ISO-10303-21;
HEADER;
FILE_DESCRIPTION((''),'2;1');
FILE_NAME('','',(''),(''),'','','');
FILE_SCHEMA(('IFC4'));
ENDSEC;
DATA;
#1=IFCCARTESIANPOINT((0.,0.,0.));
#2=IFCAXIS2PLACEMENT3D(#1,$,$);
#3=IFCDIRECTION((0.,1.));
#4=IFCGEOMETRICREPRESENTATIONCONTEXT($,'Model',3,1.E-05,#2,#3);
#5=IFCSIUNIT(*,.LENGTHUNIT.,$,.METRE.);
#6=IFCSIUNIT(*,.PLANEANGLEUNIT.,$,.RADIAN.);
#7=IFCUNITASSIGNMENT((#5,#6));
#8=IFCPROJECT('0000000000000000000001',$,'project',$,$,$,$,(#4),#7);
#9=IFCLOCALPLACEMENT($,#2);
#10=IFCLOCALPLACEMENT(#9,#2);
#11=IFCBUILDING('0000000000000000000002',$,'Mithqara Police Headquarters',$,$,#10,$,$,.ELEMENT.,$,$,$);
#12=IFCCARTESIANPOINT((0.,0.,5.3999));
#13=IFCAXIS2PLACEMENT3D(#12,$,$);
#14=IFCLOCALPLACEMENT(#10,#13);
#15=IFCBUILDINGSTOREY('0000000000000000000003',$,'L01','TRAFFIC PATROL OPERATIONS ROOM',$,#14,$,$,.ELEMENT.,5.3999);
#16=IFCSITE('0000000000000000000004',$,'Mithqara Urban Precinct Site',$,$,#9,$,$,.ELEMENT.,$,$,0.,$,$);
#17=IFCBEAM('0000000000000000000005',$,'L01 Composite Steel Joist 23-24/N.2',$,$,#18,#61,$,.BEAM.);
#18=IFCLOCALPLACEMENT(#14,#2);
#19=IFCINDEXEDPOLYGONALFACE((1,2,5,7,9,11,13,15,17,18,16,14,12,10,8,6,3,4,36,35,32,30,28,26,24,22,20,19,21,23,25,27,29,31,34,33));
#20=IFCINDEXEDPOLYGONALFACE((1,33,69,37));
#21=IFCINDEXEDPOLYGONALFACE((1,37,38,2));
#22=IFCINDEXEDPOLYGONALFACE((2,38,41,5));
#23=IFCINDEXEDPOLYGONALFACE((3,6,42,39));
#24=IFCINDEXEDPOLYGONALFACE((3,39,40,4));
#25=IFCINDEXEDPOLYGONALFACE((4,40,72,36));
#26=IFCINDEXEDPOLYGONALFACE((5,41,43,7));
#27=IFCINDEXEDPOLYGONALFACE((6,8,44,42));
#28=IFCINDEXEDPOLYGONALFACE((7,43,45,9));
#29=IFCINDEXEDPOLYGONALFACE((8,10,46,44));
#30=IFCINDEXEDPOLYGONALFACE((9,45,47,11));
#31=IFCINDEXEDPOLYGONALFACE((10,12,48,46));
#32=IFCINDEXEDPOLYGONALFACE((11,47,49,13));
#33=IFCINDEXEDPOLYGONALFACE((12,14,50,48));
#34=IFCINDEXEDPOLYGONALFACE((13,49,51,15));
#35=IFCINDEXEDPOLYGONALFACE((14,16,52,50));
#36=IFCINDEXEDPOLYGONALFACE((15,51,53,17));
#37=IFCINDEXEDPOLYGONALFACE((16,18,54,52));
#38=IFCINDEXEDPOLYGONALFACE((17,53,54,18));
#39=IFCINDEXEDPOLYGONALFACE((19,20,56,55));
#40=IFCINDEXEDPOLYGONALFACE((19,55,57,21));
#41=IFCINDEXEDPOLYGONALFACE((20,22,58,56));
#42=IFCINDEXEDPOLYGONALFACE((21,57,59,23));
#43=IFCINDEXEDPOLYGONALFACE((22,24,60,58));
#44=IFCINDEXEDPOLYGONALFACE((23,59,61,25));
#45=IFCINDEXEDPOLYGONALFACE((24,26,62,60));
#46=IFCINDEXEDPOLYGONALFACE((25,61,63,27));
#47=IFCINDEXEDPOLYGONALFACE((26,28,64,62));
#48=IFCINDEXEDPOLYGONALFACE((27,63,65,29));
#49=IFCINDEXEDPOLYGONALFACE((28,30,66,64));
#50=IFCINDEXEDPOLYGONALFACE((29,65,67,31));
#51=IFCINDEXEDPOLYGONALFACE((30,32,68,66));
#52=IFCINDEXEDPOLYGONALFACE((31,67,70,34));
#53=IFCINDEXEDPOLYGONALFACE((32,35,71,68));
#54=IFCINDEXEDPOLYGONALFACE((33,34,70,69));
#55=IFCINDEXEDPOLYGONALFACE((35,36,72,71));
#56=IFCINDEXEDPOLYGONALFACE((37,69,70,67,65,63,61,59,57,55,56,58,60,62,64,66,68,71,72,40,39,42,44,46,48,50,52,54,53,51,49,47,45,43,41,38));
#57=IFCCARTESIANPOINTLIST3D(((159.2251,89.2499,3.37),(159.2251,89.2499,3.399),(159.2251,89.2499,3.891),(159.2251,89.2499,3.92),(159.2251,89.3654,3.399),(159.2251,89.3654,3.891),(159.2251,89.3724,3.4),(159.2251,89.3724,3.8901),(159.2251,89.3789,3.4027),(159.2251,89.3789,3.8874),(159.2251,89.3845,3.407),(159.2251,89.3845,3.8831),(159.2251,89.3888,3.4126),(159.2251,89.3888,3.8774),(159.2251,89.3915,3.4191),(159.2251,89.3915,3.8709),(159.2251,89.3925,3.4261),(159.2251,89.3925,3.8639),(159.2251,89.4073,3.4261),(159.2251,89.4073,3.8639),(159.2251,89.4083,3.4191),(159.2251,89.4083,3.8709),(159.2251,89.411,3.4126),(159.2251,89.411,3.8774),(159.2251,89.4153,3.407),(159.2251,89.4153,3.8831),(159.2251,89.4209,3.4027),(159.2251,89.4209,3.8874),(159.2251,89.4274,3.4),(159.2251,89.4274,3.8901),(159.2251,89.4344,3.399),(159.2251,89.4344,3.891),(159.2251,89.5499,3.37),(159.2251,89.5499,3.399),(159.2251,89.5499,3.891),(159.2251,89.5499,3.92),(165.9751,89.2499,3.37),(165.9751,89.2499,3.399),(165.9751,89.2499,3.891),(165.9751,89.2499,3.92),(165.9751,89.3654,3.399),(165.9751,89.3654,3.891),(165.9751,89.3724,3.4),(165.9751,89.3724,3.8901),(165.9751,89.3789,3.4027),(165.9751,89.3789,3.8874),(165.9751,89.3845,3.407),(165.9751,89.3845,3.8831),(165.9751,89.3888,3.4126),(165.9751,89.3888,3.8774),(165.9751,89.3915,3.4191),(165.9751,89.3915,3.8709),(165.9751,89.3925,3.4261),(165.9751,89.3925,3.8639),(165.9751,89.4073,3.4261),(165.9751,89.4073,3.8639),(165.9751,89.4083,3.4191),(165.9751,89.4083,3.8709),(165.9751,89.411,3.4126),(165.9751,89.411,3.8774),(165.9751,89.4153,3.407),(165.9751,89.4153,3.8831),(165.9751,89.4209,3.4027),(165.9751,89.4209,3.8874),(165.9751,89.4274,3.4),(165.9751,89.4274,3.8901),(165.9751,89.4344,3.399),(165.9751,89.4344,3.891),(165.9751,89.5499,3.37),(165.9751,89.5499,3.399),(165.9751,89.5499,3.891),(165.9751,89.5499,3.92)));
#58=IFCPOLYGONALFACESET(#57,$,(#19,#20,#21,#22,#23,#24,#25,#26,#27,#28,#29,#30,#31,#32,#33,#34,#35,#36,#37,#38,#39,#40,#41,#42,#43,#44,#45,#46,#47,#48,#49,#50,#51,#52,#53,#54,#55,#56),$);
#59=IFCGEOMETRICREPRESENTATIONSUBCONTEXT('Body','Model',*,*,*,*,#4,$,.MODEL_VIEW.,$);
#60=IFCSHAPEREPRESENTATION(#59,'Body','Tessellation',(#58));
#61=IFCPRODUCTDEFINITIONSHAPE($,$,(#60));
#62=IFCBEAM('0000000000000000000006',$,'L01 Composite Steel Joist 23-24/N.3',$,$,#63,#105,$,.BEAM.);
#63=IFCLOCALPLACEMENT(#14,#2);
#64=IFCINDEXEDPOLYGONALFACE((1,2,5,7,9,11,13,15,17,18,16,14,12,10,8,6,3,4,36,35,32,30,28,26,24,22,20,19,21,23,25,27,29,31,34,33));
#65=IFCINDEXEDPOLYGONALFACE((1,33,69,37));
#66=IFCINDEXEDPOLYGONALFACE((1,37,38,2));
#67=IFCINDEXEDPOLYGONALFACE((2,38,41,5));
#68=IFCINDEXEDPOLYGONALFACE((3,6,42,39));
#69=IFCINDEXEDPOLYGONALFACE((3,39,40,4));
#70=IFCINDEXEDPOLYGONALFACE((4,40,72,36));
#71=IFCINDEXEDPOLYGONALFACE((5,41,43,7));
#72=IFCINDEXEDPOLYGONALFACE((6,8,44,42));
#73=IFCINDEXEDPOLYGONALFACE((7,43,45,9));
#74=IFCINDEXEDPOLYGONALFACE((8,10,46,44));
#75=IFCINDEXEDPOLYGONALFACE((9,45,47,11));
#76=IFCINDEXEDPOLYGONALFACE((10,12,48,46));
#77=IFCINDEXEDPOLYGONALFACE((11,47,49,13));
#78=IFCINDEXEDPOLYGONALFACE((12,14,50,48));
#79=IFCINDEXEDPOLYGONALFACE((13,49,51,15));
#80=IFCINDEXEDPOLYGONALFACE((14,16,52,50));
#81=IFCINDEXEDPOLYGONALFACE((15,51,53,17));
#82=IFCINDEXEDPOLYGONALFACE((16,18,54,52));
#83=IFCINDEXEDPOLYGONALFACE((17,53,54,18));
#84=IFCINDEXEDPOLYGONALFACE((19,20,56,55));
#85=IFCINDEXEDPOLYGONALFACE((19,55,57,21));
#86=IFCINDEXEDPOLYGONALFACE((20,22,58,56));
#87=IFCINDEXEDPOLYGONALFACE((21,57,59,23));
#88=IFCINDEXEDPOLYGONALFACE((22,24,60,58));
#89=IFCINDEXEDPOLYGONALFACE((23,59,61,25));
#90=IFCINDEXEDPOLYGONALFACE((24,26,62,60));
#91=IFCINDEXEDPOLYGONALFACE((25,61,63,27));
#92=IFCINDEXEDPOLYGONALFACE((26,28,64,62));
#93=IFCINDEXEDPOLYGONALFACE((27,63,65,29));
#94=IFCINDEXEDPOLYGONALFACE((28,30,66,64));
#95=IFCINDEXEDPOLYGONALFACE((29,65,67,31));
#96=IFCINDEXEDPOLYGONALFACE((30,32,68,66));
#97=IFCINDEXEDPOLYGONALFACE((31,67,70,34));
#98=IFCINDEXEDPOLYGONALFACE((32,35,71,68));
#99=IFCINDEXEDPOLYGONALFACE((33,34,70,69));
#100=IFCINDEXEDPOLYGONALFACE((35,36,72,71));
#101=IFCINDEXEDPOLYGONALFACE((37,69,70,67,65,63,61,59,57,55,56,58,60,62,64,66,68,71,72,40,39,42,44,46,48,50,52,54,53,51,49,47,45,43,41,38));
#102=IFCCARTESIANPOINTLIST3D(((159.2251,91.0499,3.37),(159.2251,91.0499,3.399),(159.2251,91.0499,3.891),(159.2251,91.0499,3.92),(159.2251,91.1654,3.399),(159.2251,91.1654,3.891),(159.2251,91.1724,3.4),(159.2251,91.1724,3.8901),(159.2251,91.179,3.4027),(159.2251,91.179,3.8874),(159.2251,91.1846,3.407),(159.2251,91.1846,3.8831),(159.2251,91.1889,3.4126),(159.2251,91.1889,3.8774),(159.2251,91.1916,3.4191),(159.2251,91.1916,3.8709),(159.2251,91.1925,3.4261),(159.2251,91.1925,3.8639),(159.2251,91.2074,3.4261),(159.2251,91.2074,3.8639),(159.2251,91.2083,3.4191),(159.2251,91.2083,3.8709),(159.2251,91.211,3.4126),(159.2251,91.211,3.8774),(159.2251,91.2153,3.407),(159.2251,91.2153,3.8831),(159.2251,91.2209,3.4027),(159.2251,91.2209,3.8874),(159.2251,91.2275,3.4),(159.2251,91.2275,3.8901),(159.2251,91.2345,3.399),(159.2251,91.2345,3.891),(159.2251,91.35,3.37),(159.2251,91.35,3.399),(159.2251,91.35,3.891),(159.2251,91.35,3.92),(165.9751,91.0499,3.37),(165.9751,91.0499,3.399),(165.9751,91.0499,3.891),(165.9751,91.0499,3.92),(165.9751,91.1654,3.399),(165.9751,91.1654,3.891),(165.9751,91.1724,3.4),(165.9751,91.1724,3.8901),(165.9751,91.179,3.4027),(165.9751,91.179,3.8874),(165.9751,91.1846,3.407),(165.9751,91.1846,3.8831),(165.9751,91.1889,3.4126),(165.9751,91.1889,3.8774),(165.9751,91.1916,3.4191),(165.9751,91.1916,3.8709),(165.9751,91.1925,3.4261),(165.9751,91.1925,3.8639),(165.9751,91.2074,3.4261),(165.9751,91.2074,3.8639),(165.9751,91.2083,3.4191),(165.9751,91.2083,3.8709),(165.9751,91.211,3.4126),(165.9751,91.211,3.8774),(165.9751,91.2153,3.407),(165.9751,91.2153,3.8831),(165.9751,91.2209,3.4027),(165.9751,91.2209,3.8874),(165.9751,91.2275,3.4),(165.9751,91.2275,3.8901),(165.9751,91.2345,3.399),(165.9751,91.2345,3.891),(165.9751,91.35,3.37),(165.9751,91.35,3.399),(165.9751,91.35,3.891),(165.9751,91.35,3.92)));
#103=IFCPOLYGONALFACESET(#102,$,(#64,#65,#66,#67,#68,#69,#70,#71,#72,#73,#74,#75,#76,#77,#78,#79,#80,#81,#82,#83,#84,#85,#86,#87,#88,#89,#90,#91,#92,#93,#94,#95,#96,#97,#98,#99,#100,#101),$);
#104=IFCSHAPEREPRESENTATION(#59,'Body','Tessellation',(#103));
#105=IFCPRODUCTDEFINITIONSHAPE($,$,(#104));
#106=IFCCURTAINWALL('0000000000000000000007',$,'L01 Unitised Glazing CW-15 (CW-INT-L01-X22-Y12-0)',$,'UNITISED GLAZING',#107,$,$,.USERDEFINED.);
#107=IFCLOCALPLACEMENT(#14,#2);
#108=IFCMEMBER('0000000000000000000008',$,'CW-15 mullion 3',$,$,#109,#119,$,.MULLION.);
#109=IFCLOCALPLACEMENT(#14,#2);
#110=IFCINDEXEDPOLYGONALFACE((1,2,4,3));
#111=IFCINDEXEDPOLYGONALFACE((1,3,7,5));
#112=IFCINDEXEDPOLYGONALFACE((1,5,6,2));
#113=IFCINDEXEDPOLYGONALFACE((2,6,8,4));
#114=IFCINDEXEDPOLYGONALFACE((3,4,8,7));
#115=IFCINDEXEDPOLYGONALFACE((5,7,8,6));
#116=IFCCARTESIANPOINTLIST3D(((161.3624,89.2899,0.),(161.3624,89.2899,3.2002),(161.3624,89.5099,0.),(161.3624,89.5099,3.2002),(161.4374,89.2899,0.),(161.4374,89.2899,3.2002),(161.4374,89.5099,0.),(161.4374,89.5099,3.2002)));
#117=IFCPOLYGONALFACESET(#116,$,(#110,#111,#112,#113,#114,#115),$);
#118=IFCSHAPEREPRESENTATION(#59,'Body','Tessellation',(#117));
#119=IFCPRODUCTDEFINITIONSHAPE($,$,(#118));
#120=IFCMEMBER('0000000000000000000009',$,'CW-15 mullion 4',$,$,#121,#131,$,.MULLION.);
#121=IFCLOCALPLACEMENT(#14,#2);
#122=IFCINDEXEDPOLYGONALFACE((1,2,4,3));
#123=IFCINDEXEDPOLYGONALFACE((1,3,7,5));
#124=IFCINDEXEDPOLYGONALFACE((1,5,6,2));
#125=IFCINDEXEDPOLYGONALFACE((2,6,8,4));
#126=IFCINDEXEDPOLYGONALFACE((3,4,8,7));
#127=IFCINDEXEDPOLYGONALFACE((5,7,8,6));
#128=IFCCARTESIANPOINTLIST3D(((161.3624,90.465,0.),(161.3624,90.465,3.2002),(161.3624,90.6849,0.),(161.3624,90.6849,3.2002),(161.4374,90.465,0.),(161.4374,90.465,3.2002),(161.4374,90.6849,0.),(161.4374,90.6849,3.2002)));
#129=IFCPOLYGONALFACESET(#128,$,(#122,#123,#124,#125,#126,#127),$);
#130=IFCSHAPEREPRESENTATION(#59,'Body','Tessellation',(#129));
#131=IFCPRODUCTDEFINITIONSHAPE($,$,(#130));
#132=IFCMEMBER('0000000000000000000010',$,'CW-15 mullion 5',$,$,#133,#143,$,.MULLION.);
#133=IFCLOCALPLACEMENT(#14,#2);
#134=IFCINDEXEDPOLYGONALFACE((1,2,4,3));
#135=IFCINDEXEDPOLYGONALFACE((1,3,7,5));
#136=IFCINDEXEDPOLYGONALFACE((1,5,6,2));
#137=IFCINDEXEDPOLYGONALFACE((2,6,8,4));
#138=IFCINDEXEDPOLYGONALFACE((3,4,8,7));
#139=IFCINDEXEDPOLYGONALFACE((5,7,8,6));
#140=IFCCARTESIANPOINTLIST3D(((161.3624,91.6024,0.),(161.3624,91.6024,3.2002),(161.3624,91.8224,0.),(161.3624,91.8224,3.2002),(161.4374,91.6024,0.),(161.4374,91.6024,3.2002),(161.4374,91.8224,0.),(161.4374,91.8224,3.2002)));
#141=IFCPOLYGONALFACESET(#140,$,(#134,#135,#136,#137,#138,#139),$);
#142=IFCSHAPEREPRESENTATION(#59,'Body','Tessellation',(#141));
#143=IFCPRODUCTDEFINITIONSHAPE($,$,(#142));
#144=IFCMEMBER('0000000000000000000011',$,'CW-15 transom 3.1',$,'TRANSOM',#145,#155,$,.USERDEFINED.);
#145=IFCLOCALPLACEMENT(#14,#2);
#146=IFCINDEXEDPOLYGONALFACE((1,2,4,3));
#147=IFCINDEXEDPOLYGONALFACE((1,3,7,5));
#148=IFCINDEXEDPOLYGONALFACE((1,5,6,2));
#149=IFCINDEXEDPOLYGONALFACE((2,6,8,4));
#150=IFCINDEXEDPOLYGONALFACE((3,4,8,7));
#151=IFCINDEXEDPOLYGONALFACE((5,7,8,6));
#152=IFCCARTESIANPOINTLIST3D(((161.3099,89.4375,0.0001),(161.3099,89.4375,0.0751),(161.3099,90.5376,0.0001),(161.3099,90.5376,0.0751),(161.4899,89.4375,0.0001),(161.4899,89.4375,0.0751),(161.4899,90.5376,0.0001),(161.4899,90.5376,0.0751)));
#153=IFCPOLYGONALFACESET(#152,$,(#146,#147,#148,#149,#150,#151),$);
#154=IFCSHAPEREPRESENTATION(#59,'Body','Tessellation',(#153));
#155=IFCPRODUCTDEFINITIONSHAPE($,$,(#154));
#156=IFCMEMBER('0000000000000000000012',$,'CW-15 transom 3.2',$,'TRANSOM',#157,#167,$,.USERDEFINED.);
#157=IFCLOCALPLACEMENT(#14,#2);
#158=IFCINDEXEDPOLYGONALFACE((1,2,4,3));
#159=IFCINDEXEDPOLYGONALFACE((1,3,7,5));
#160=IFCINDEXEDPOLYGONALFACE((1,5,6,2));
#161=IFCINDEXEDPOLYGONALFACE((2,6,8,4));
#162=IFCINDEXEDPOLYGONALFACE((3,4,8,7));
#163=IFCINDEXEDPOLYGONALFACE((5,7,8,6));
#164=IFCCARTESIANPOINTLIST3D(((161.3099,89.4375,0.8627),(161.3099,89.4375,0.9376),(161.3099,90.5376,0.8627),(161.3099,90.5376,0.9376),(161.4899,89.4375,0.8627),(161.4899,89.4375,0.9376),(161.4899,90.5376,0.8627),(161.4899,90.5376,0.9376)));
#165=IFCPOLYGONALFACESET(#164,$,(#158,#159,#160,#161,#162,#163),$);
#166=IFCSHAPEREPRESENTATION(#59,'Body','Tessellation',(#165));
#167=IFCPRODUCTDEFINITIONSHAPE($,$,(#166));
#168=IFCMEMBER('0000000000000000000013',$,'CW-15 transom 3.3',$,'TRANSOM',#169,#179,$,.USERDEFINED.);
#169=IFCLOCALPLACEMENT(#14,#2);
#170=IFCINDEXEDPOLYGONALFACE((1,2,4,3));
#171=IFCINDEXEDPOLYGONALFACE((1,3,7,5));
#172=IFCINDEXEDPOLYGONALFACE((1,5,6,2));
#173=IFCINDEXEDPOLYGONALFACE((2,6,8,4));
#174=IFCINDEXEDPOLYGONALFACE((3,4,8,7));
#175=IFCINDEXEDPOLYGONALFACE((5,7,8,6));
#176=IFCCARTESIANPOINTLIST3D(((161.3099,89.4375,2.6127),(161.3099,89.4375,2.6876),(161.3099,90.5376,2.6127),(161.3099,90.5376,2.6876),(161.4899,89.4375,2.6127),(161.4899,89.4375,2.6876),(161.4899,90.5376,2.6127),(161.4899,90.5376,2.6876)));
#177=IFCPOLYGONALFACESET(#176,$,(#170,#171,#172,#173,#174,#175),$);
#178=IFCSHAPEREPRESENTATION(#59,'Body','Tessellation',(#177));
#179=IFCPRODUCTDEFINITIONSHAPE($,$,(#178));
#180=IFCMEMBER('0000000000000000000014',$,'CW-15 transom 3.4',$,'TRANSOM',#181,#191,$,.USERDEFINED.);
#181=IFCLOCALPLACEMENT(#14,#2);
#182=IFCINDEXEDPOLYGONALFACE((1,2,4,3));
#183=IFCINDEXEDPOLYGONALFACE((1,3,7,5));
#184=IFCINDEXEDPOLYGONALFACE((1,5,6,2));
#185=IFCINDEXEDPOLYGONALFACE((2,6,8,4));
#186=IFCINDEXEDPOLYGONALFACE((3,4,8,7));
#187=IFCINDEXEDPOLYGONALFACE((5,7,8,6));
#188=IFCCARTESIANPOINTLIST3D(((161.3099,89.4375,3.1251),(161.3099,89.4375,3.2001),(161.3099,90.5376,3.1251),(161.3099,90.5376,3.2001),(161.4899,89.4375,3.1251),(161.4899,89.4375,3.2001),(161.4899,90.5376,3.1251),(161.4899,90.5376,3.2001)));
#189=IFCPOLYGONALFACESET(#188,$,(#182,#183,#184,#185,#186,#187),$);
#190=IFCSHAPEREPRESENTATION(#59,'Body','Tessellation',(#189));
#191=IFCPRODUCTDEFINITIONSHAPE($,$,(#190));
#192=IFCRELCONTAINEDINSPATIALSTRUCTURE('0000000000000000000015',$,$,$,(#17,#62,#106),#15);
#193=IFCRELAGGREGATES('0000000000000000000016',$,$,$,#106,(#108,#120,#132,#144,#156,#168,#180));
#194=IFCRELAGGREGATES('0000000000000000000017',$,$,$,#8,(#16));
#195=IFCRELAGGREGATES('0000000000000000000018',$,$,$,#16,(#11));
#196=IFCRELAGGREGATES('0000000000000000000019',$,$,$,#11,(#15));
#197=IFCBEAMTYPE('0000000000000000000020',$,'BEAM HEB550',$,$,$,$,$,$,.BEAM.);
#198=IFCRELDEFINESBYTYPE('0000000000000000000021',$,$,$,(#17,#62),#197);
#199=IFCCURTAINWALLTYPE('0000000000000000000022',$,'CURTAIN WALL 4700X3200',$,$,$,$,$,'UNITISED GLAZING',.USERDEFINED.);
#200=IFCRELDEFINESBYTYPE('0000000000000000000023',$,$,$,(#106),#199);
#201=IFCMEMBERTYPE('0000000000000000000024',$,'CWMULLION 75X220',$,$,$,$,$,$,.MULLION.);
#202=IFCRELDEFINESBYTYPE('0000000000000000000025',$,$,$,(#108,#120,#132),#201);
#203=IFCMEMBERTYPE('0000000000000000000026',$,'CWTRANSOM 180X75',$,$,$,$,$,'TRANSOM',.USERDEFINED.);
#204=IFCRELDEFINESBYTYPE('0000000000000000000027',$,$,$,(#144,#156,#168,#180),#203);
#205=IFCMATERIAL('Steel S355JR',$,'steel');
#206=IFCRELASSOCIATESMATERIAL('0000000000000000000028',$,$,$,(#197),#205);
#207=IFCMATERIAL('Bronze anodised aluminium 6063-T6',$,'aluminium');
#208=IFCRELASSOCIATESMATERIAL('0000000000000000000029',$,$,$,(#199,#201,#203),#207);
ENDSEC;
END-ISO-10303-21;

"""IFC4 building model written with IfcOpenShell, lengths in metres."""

from ifc_helpers import new_model, si_unit, direction, frame, origin, origin_2d, place, context, subcontext, project, spatial, rectangle, i_section, extrude, material, material_profile, profile_set, type_object, element, aggregate, save


model = new_model("IFC4")

# Units and contexts
model_context = context("Model", 3, precision=1e-05, world=origin(), true_north=direction((0.0, 1.0)))
body_context = subcontext(model_context, "Body", "Model", "MODEL_VIEW")
ifc_project = project(units=[si_unit("LENGTHUNIT", "METRE"), si_unit("PLANEANGLEUNIT", "RADIAN")], contexts=[model_context])

# Site, building, storey
site_placement = place(None, origin())
site = spatial("IfcSite", under=ifc_project, at=site_placement, Name="Mithqara Urban Precinct Site", CompositionType="ELEMENT", RefElevation=0.0)
building_placement = place(site_placement, origin())
building = spatial("IfcBuilding", under=site, at=building_placement, Name="Mithqara Police Headquarters", CompositionType="ELEMENT")
storey_placement = place(building_placement, frame((0.0, 0.0, 5.3999)))
storey = spatial("IfcBuildingStorey", under=building, at=storey_placement, Name="L01", Description="TRAFFIC PATROL OPERATIONS ROOM", CompositionType="ELEMENT", Elevation=5.3999)

# Beams
ifc_material_1 = material(Name="Steel S355JR", Category="steel")
ifc_material_profile_1 = material_profile(ifc_material_1, i_section(OverallWidth=0.3, OverallDepth=0.55, WebThickness=0.0149, FlangeThickness=0.0291, FilletRadius=0.0271, at=origin_2d()), Name="HEB 550")
ifc_profile_set_1 = profile_set([ifc_material_profile_1], Name="Steel S355JR")
beam_type = type_object("IfcBeamType", Name="BEAM HEB550", PredefinedType="BEAM", material=ifc_profile_set_1)
for number, where, z_axis, x_axis, name in (
    (1, (159.2251, 89.3999, 3.645), (1.0, 0.0, 0.0), (0.0, 1.0, 0.0), "L01 Composite Steel Joist 23-24/N.2"),
    (2, (159.2251, 91.2, 3.645), (1.0, 0.0, 0.0), (0.0, 1.0, 0.0), "L01 Composite Steel Joist 23-24/N.3"),
):
    element("IfcBeam", number, at=place(storey_placement, frame(where, z_axis=z_axis, x_axis=x_axis)), inside=storey, type_object=beam_type, Name=name, PredefinedType="BEAM", context=body_context, shape_type="SweptSolid", body=[
        extrude(i_section(OverallWidth=0.3, OverallDepth=0.55, WebThickness=0.0149, FlangeThickness=0.0291, FilletRadius=0.0271, at=origin_2d()), origin(), (0.0, 0.0, 1.0), 6.75),
    ])

# Curtain wall, members
ifc_material_2 = material(Name="Bronze anodised aluminium 6063-T6", Category="aluminium")
curtain_wall_type = type_object("IfcCurtainWallType", Name="CURTAIN WALL 4700X3200", ElementType="UNITISED GLAZING", PredefinedType="USERDEFINED", material=ifc_material_2)
curtain_wall_placement = place(storey_placement, origin())
curtain_wall = element("IfcCurtainWall", 3, at=curtain_wall_placement, inside=storey, type_object=curtain_wall_type, Name="L01 Unitised Glazing CW-15 (CW-INT-L01-X22-Y12-0)", ObjectType="UNITISED GLAZING", PredefinedType="USERDEFINED")
ifc_material_profile_2 = material_profile(ifc_material_2, rectangle(XDim=0.075, YDim=0.22, at=origin_2d()), Name="CWM 75x220")
ifc_profile_set_2 = profile_set([ifc_material_profile_2], Name="Bronze anodised aluminium 6063-T6")
member_type_1 = type_object("IfcMemberType", Name="CWMULLION 75X220", PredefinedType="MULLION", material=ifc_profile_set_2)
member_1_placement = place(storey_placement, frame((161.3999, 89.3999, 0.0), z_axis=(0.0, 0.0, 1.0), x_axis=(-1.0, 0.0, 0.0)))
member_1 = element("IfcMember", 4, at=member_1_placement, type_object=member_type_1, Name="CW-15 mullion 3", PredefinedType="MULLION", context=body_context, shape_type="SweptSolid", body=[
    extrude(rectangle(XDim=0.075, YDim=0.22, at=origin_2d()), origin(), (0.0, 0.0, 1.0), 3.2002),
])
member_2_placement = place(storey_placement, frame((161.3999, 90.575, 0.0), z_axis=(0.0, 0.0, 1.0), x_axis=(-1.0, 0.0, 0.0)))
member_2 = element("IfcMember", 5, at=member_2_placement, type_object=member_type_1, Name="CW-15 mullion 4", PredefinedType="MULLION", context=body_context, shape_type="SweptSolid", body=[
    extrude(rectangle(XDim=0.075, YDim=0.22, at=origin_2d()), origin(), (0.0, 0.0, 1.0), 3.2002),
])
member_3_placement = place(storey_placement, frame((161.3999, 91.7124, 0.0), z_axis=(0.0, 0.0, 1.0), x_axis=(-1.0, 0.0, 0.0)))
member_3 = element("IfcMember", 6, at=member_3_placement, type_object=member_type_1, Name="CW-15 mullion 5", PredefinedType="MULLION", context=body_context, shape_type="SweptSolid", body=[
    extrude(rectangle(XDim=0.075, YDim=0.22, at=origin_2d()), origin(), (0.0, 0.0, 1.0), 3.2002),
])
ifc_material_profile_3 = material_profile(ifc_material_2, rectangle(XDim=0.1799, YDim=0.075, at=origin_2d()), Name="CWT 180x75")
ifc_profile_set_3 = profile_set([ifc_material_profile_3], Name="Bronze anodised aluminium 6063-T6")
member_type_2 = type_object("IfcMemberType", Name="CWTRANSOM 180X75", ElementType="TRANSOM", PredefinedType="USERDEFINED", material=ifc_profile_set_3)
member_4_placement = place(storey_placement, frame((161.3999, 89.4375, 0.0376), z_axis=(0.0, 1.0, 0.0), x_axis=(-1.0, 0.0, 0.0)))
member_4 = element("IfcMember", 7, at=member_4_placement, type_object=member_type_2, Name="CW-15 transom 3.1", ObjectType="TRANSOM", PredefinedType="USERDEFINED", context=body_context, shape_type="SweptSolid", body=[
    extrude(rectangle(XDim=0.1799, YDim=0.075, at=origin_2d()), origin(), (0.0, 0.0, 1.0), 1.1001),
])
member_5_placement = place(storey_placement, frame((161.3999, 89.4375, 0.9001), z_axis=(0.0, 1.0, 0.0), x_axis=(-1.0, 0.0, 0.0)))
member_5 = element("IfcMember", 8, at=member_5_placement, type_object=member_type_2, Name="CW-15 transom 3.2", ObjectType="TRANSOM", PredefinedType="USERDEFINED", context=body_context, shape_type="SweptSolid", body=[
    extrude(rectangle(XDim=0.1799, YDim=0.075, at=origin_2d()), origin(), (0.0, 0.0, 1.0), 1.1001),
])
member_6_placement = place(storey_placement, frame((161.3999, 89.4375, 2.6501), z_axis=(0.0, 1.0, 0.0), x_axis=(-1.0, 0.0, 0.0)))
member_6 = element("IfcMember", 9, at=member_6_placement, type_object=member_type_2, Name="CW-15 transom 3.3", ObjectType="TRANSOM", PredefinedType="USERDEFINED", context=body_context, shape_type="SweptSolid", body=[
    extrude(rectangle(XDim=0.1799, YDim=0.075, at=origin_2d()), origin(), (0.0, 0.0, 1.0), 1.1001),
])
member_7_placement = place(storey_placement, frame((161.3999, 89.4375, 3.1626), z_axis=(0.0, 1.0, 0.0), x_axis=(-1.0, 0.0, 0.0)))
member_7 = element("IfcMember", 10, at=member_7_placement, type_object=member_type_2, Name="CW-15 transom 3.4", ObjectType="TRANSOM", PredefinedType="USERDEFINED", context=body_context, shape_type="SweptSolid", body=[
    extrude(rectangle(XDim=0.1799, YDim=0.075, at=origin_2d()), origin(), (0.0, 0.0, 1.0), 1.1001),
])
aggregate(curtain_wall, [member_1, member_2, member_3, member_4, member_5, member_6, member_7])

save(model, "model.ifc")
